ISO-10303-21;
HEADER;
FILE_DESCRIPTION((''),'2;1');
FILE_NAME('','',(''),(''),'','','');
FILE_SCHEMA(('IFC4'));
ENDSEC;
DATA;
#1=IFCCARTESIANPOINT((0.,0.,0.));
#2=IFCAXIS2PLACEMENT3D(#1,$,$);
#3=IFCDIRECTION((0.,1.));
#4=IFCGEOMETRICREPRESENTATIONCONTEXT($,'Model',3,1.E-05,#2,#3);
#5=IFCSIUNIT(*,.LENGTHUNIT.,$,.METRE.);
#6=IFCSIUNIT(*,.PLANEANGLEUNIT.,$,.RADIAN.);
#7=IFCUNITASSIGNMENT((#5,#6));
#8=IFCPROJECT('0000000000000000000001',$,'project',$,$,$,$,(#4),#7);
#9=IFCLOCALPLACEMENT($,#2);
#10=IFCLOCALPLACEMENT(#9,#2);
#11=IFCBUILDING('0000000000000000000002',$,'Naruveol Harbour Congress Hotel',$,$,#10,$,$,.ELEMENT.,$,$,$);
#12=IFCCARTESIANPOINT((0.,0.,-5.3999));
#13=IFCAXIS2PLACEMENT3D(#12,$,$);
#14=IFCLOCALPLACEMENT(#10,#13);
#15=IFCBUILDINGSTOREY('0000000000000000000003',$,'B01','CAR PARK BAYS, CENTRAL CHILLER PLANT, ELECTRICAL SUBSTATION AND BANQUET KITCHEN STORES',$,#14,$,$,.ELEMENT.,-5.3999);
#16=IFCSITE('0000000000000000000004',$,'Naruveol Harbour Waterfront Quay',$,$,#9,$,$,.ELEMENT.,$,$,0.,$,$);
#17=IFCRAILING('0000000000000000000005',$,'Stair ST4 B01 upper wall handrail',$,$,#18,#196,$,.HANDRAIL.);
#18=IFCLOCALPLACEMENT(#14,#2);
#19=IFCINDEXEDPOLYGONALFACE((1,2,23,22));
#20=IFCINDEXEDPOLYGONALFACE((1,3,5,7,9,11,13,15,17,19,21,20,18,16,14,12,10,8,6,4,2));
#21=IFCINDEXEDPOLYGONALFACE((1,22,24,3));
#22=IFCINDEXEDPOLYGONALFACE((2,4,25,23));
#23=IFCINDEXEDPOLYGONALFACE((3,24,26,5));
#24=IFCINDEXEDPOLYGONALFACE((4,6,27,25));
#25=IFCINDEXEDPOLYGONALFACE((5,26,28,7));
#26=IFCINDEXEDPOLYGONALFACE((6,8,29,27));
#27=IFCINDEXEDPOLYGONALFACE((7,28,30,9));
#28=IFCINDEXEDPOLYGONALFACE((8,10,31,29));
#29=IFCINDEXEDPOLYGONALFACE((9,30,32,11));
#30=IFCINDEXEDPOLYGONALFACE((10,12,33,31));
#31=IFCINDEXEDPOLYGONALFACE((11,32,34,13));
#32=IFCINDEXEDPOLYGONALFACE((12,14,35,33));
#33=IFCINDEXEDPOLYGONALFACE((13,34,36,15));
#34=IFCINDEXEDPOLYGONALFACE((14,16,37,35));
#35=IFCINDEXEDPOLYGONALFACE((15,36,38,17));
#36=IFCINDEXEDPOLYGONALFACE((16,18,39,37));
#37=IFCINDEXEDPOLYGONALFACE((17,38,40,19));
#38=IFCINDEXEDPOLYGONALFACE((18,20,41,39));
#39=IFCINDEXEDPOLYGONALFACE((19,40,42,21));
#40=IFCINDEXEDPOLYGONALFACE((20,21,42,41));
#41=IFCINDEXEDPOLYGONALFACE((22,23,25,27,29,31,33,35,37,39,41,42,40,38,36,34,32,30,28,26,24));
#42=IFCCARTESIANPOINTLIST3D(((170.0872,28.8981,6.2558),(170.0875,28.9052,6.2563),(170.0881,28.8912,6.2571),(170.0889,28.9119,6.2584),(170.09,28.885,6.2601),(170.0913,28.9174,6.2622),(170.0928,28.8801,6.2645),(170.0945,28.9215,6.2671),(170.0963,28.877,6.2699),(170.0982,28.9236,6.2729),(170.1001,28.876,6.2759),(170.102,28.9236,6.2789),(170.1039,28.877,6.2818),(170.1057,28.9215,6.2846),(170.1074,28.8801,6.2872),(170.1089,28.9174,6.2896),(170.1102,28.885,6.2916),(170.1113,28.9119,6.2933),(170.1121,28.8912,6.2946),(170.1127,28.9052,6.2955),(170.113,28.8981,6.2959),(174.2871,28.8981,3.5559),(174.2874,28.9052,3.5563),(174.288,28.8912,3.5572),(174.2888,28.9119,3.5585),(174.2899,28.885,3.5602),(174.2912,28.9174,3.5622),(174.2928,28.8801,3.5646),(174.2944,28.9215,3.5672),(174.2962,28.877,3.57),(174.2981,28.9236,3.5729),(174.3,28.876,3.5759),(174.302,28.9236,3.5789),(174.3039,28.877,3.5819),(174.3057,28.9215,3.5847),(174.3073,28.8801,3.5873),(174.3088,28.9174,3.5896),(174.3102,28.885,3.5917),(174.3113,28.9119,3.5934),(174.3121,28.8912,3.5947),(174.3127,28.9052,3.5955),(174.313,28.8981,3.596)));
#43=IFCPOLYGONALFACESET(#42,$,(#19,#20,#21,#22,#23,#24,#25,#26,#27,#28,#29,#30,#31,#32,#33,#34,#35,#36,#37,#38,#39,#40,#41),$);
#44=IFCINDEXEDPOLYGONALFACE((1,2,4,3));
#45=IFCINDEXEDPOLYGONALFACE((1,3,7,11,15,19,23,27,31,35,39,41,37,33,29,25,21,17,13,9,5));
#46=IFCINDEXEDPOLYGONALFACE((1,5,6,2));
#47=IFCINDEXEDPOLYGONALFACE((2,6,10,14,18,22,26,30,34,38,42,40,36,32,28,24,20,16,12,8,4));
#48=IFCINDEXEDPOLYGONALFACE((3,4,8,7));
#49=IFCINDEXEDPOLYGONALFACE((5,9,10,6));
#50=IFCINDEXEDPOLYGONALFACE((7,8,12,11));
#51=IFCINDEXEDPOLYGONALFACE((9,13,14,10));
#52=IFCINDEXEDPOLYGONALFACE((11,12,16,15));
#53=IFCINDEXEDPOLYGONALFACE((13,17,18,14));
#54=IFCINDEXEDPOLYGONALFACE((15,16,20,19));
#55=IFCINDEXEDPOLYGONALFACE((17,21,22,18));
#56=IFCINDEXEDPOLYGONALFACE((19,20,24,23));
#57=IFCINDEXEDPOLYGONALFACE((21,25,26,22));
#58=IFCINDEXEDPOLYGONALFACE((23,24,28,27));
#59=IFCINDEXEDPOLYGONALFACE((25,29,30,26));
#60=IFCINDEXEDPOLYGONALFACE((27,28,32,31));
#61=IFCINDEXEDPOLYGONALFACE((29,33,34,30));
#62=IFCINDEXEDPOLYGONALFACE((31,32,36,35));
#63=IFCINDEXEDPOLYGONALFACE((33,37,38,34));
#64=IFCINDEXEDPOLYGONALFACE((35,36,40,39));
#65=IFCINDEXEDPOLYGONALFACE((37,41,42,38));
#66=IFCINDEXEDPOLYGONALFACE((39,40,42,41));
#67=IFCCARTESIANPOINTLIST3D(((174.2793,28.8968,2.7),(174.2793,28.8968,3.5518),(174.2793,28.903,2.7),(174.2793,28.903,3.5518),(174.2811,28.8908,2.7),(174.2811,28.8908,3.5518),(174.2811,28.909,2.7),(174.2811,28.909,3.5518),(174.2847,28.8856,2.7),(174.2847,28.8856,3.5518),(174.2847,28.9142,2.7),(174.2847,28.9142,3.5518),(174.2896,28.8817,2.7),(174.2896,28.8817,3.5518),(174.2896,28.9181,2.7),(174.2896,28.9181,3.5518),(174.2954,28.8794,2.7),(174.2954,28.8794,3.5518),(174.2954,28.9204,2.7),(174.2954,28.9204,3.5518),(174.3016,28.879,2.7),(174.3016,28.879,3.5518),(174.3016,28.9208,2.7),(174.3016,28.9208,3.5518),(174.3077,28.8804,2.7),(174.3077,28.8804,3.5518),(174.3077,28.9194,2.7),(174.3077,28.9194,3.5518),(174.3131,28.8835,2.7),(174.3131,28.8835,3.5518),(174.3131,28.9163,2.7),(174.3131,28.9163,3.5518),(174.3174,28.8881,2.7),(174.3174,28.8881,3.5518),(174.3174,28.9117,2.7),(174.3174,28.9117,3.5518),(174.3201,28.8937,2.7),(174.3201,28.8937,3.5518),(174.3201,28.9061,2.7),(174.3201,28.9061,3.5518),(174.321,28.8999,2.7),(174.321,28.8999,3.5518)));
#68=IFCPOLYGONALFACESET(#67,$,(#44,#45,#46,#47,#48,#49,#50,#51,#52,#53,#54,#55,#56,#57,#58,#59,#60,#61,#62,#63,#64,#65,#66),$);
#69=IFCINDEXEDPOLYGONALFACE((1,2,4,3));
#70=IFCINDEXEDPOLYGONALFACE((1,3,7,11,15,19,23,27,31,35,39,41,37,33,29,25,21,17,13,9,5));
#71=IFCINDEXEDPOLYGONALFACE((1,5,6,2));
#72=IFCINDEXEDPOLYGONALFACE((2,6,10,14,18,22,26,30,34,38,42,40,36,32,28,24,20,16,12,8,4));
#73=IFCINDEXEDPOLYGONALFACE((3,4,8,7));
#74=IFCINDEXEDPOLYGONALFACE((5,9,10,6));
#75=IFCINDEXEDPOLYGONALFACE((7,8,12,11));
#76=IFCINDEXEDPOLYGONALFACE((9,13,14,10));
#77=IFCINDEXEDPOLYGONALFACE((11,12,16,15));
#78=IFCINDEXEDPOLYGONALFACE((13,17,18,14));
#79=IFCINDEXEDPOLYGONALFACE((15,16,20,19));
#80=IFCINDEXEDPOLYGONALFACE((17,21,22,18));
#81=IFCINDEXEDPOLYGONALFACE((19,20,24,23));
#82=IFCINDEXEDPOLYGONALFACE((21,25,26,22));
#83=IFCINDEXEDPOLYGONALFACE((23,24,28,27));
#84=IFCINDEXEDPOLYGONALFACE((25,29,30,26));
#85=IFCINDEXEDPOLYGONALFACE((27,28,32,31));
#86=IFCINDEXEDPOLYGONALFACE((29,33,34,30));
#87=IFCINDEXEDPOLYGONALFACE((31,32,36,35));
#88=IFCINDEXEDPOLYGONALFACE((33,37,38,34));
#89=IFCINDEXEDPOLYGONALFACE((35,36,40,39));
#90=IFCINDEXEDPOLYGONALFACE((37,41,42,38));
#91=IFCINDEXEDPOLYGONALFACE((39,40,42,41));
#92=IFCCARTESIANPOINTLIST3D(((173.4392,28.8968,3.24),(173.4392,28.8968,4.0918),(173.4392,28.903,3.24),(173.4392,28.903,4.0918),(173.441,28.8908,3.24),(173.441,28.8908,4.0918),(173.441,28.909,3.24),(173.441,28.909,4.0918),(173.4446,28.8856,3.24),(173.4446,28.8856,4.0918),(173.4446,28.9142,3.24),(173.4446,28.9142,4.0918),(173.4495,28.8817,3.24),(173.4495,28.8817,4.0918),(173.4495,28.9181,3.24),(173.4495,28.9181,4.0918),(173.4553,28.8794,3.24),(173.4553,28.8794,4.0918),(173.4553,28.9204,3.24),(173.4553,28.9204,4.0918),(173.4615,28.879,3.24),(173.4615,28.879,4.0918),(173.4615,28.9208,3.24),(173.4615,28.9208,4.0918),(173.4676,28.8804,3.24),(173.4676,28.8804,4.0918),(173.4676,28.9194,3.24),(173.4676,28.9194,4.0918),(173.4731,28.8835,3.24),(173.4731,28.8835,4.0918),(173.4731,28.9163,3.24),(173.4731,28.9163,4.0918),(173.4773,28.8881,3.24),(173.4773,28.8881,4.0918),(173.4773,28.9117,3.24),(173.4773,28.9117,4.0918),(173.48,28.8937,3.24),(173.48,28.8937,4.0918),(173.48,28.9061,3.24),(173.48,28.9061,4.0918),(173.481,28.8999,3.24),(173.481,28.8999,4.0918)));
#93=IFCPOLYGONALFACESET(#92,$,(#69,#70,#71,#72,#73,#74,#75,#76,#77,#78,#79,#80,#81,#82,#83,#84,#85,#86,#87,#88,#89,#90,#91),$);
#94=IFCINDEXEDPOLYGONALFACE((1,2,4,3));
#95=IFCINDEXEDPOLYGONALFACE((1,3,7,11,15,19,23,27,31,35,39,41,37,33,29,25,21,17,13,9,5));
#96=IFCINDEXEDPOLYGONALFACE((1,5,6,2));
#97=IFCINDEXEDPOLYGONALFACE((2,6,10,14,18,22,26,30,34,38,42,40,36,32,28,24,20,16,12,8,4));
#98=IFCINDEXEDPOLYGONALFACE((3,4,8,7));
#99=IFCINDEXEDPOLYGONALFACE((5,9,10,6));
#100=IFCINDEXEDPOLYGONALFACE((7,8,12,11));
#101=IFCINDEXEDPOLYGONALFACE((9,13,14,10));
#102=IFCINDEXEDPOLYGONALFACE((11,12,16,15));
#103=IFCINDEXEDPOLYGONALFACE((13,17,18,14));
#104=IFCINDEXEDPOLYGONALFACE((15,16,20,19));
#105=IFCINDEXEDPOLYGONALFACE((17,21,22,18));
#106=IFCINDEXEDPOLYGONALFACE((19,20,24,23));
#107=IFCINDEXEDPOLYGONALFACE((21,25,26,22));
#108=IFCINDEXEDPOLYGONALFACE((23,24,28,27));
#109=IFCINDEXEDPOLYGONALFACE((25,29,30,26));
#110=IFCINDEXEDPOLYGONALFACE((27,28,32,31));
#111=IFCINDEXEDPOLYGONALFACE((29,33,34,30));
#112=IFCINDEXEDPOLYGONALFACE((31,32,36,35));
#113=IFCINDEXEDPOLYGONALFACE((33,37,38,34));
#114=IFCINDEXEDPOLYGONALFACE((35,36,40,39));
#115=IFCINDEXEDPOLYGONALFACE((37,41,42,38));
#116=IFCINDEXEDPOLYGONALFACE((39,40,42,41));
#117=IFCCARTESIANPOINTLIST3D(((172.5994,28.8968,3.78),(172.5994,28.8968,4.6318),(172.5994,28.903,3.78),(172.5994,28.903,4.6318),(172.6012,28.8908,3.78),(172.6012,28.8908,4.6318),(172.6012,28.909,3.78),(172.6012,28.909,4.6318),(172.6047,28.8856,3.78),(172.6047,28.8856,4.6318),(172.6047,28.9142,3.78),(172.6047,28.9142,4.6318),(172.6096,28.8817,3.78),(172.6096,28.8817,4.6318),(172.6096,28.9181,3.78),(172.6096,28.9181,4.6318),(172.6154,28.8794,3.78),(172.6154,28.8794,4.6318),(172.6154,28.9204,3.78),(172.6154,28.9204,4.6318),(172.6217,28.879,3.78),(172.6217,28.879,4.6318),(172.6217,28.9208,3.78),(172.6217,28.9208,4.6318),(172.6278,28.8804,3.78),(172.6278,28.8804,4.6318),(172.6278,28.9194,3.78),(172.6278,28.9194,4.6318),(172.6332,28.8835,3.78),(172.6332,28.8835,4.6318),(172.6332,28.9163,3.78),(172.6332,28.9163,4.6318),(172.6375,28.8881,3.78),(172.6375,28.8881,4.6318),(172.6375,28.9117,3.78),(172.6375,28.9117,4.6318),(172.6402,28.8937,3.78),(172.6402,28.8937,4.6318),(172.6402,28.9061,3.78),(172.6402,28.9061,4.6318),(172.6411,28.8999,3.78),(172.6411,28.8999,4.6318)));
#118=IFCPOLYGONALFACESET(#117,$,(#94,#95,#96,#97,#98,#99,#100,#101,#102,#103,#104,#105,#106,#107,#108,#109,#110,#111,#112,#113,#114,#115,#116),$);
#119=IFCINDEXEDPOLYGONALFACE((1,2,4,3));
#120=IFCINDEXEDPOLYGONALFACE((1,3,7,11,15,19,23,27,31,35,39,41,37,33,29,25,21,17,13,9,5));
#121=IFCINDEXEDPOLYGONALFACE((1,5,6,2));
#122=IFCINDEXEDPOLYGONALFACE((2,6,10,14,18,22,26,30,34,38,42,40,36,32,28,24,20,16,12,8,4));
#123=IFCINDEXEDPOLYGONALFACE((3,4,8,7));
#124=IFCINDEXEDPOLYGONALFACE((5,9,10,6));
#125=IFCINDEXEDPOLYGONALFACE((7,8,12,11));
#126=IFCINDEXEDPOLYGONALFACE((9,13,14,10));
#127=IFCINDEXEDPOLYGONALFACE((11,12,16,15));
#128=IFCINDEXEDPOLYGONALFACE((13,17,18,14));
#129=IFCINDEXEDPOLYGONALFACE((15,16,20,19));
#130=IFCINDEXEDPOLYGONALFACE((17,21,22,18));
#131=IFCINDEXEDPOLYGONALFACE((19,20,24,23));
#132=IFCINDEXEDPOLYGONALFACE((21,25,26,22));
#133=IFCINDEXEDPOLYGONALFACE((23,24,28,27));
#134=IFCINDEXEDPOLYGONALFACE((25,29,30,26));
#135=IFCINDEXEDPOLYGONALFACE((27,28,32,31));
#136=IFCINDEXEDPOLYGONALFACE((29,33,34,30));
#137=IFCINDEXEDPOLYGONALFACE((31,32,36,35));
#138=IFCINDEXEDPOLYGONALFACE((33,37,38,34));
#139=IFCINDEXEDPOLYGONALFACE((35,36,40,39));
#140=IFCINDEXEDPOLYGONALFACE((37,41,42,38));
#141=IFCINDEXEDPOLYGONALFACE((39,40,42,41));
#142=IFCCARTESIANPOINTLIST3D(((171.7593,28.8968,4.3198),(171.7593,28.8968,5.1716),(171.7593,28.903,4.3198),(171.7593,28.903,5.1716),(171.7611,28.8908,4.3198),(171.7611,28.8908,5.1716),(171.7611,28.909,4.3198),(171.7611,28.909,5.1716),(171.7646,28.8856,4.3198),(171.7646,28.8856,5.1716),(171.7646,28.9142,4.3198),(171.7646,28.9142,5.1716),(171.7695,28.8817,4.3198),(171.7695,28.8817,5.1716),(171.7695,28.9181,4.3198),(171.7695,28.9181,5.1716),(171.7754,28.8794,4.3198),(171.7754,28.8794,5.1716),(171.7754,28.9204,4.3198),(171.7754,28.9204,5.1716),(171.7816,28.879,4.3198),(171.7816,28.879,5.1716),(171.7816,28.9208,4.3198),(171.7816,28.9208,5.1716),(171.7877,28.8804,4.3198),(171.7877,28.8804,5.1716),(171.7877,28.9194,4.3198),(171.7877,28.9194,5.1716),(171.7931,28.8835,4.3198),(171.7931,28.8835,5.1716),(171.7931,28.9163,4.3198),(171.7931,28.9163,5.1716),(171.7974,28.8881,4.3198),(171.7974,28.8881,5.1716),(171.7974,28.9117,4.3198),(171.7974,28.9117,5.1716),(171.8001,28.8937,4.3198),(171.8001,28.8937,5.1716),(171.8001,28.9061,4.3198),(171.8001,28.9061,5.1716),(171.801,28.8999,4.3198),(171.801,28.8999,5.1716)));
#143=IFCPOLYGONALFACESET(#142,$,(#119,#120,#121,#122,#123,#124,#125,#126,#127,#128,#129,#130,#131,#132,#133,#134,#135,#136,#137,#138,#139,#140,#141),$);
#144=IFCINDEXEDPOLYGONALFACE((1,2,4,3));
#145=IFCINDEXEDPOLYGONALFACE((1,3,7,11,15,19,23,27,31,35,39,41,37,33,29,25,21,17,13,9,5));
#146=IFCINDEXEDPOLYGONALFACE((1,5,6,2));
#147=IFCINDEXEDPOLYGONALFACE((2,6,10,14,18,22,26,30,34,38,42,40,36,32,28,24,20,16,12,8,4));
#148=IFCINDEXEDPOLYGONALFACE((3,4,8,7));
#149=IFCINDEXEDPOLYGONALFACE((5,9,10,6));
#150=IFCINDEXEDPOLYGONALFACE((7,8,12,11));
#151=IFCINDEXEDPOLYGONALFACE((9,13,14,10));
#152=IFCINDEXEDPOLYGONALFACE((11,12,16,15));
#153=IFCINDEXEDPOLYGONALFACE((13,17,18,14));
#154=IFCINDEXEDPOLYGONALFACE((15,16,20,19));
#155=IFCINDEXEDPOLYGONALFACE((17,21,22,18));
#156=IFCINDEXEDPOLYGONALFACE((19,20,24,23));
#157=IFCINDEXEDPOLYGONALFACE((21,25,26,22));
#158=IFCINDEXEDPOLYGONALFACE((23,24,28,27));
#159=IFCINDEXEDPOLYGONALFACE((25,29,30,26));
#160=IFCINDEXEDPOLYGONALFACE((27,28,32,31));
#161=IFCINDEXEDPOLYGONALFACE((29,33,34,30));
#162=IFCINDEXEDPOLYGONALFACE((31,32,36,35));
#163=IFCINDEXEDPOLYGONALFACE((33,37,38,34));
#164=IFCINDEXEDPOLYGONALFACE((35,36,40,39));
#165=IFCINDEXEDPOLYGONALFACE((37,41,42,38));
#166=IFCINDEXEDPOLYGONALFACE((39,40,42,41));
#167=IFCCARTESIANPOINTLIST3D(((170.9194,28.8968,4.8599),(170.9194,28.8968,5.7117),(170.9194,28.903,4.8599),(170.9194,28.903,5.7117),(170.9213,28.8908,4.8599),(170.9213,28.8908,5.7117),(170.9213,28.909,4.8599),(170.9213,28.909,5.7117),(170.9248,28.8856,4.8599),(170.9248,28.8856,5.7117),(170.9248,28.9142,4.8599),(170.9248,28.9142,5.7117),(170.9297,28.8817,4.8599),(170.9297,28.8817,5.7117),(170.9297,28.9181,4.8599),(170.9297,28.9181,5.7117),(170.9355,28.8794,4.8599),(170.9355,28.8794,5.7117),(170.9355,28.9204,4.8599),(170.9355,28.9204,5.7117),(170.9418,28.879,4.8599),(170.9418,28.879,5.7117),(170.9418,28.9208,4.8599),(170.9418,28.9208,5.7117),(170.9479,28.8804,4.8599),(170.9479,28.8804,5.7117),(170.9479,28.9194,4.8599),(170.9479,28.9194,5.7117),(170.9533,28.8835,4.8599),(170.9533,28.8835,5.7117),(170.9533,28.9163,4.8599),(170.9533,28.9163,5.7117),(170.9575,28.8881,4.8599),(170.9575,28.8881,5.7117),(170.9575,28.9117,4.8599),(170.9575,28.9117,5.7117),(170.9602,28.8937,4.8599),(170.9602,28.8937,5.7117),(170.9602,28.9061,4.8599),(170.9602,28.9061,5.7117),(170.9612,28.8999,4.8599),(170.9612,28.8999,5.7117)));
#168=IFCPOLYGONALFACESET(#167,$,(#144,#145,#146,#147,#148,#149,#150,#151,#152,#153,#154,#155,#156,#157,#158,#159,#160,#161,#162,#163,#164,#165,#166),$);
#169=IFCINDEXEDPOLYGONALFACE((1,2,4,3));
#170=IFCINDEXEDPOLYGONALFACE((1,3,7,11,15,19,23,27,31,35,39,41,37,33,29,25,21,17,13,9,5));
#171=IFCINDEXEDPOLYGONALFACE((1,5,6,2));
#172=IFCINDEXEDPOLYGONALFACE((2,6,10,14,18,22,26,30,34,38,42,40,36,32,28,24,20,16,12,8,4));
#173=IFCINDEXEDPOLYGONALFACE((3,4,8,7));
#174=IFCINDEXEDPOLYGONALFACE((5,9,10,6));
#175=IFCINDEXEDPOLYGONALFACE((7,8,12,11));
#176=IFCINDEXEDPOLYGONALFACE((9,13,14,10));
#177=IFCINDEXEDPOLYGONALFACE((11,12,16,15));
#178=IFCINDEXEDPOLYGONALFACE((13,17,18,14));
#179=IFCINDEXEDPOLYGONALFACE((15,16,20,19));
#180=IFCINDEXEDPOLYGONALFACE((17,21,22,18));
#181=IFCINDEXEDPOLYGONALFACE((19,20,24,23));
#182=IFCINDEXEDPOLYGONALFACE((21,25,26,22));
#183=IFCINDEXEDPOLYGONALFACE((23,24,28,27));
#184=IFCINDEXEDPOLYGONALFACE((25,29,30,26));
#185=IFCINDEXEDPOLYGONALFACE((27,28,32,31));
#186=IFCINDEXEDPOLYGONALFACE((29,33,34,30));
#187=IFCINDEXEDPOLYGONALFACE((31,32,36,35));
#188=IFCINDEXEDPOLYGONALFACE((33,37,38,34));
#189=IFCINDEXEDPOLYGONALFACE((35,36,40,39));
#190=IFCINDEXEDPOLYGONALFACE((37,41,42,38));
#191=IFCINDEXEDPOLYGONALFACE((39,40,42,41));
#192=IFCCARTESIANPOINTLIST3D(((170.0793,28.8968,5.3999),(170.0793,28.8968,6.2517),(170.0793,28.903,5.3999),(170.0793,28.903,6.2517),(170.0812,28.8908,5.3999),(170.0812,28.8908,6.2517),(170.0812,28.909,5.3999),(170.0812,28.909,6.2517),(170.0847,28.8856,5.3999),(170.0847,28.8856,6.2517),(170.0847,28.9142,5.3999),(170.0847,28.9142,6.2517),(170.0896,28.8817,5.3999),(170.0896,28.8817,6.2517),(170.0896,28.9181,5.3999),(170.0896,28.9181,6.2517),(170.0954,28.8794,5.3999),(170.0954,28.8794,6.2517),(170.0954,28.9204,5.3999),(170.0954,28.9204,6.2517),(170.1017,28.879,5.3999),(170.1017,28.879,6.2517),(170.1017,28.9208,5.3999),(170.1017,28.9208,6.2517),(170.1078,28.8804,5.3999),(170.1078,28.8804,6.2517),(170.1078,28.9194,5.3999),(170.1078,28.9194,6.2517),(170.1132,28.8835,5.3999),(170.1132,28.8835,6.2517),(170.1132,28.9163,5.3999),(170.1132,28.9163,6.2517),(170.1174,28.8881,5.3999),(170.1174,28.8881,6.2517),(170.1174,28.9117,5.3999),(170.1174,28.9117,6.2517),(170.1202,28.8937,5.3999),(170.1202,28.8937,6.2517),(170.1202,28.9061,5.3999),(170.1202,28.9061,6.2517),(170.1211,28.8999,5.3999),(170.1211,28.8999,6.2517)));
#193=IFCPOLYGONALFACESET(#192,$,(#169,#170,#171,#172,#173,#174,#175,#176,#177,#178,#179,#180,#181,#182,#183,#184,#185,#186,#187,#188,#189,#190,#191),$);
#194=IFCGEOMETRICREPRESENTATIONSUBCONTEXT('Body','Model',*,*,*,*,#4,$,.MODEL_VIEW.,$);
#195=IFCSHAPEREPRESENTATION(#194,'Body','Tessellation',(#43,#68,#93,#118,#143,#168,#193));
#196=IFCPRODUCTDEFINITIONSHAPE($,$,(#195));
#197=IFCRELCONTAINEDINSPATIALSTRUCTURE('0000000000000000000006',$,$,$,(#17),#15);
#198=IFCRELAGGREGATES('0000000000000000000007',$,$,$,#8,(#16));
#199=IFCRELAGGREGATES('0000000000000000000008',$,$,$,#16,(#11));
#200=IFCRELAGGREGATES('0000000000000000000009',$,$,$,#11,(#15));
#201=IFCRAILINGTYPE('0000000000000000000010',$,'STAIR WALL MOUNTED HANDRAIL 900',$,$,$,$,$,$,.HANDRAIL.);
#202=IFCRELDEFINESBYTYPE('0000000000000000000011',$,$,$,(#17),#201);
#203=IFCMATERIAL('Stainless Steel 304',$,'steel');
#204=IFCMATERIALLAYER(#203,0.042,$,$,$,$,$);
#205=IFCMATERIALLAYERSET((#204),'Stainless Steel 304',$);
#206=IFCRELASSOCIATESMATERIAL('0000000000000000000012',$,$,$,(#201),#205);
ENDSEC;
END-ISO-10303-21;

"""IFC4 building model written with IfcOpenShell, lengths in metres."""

from ifc_helpers import new_model, si_unit, direction, frame, origin, origin_2d, place, context, subcontext, project, spatial, circle, extrude, material, layer, layer_set, type_object, element, save


model = new_model("IFC4")

# Units and contexts
model_context = context("Model", 3, precision=1e-05, world=origin(), true_north=direction((0.0, 1.0)))
body_context = subcontext(model_context, "Body", "Model", "MODEL_VIEW")
ifc_project = project(units=[si_unit("LENGTHUNIT", "METRE"), si_unit("PLANEANGLEUNIT", "RADIAN")], contexts=[model_context])

# Site, building, storey
site_placement = place(None, origin())
site = spatial("IfcSite", under=ifc_project, at=site_placement, Name="Naruveol Harbour Waterfront Quay", CompositionType="ELEMENT", RefElevation=0.0)
building_placement = place(site_placement, origin())
building = spatial("IfcBuilding", under=site, at=building_placement, Name="Naruveol Harbour Congress Hotel", CompositionType="ELEMENT")
storey_placement = place(building_placement, frame((0.0, 0.0, -5.3999)))
storey = spatial("IfcBuildingStorey", under=building, at=storey_placement, Name="B01", Description="CAR PARK BAYS, CENTRAL CHILLER PLANT, ELECTRICAL SUBSTATION AND BANQUET KITCHEN STORES", CompositionType="ELEMENT", Elevation=-5.3999)

# Railing
ifc_material_1 = material(Name="Stainless Steel 304", Category="steel")
ifc_layer_1 = layer(ifc_material_1, 0.042)
ifc_layer_set_1 = layer_set([ifc_layer_1], Name="Stainless Steel 304")
railing_type = type_object("IfcRailingType", Name="STAIR WALL MOUNTED HANDRAIL 900", PredefinedType="HANDRAIL", material=ifc_layer_set_1)
railing_placement = place(storey_placement, frame((174.3, 28.8999, 2.7)))
element("IfcRailing", 1, at=railing_placement, inside=storey, type_object=railing_type, Name="Stair ST4 B01 upper wall handrail", PredefinedType="HANDRAIL", context=body_context, shape_type="SweptSolid", body=[
    extrude(circle(Radius=0.0239, at=origin_2d()), frame((0.0, 0.0, 0.876), z_axis=(-0.84118, 0.0, 0.540755), x_axis=(0.0, -1.0, 0.0)), (0.0, 0.0, 1.0), 4.9929),
    extrude(circle(Radius=0.021, at=origin_2d()), origin(), (0.0, 0.0, 1.0), 0.8518),
    extrude(circle(Radius=0.021, at=origin_2d()), frame((-0.8401, 0.0, 0.54)), (0.0, 0.0, 1.0), 0.8518),
    extrude(circle(Radius=0.021, at=origin_2d()), frame((-1.6799, 0.0, 1.0801)), (0.0, 0.0, 1.0), 0.8518),
    extrude(circle(Radius=0.021, at=origin_2d()), frame((-2.52, 0.0, 1.6199)), (0.0, 0.0, 1.0), 0.8518),
    extrude(circle(Radius=0.021, at=origin_2d()), frame((-3.3599, 0.0, 2.1599)), (0.0, 0.0, 1.0), 0.8518),
    extrude(circle(Radius=0.021, at=origin_2d()), frame((-4.2, 0.0, 2.7)), (0.0, 0.0, 1.0), 0.8518),
])

save(model, "model.ifc")
